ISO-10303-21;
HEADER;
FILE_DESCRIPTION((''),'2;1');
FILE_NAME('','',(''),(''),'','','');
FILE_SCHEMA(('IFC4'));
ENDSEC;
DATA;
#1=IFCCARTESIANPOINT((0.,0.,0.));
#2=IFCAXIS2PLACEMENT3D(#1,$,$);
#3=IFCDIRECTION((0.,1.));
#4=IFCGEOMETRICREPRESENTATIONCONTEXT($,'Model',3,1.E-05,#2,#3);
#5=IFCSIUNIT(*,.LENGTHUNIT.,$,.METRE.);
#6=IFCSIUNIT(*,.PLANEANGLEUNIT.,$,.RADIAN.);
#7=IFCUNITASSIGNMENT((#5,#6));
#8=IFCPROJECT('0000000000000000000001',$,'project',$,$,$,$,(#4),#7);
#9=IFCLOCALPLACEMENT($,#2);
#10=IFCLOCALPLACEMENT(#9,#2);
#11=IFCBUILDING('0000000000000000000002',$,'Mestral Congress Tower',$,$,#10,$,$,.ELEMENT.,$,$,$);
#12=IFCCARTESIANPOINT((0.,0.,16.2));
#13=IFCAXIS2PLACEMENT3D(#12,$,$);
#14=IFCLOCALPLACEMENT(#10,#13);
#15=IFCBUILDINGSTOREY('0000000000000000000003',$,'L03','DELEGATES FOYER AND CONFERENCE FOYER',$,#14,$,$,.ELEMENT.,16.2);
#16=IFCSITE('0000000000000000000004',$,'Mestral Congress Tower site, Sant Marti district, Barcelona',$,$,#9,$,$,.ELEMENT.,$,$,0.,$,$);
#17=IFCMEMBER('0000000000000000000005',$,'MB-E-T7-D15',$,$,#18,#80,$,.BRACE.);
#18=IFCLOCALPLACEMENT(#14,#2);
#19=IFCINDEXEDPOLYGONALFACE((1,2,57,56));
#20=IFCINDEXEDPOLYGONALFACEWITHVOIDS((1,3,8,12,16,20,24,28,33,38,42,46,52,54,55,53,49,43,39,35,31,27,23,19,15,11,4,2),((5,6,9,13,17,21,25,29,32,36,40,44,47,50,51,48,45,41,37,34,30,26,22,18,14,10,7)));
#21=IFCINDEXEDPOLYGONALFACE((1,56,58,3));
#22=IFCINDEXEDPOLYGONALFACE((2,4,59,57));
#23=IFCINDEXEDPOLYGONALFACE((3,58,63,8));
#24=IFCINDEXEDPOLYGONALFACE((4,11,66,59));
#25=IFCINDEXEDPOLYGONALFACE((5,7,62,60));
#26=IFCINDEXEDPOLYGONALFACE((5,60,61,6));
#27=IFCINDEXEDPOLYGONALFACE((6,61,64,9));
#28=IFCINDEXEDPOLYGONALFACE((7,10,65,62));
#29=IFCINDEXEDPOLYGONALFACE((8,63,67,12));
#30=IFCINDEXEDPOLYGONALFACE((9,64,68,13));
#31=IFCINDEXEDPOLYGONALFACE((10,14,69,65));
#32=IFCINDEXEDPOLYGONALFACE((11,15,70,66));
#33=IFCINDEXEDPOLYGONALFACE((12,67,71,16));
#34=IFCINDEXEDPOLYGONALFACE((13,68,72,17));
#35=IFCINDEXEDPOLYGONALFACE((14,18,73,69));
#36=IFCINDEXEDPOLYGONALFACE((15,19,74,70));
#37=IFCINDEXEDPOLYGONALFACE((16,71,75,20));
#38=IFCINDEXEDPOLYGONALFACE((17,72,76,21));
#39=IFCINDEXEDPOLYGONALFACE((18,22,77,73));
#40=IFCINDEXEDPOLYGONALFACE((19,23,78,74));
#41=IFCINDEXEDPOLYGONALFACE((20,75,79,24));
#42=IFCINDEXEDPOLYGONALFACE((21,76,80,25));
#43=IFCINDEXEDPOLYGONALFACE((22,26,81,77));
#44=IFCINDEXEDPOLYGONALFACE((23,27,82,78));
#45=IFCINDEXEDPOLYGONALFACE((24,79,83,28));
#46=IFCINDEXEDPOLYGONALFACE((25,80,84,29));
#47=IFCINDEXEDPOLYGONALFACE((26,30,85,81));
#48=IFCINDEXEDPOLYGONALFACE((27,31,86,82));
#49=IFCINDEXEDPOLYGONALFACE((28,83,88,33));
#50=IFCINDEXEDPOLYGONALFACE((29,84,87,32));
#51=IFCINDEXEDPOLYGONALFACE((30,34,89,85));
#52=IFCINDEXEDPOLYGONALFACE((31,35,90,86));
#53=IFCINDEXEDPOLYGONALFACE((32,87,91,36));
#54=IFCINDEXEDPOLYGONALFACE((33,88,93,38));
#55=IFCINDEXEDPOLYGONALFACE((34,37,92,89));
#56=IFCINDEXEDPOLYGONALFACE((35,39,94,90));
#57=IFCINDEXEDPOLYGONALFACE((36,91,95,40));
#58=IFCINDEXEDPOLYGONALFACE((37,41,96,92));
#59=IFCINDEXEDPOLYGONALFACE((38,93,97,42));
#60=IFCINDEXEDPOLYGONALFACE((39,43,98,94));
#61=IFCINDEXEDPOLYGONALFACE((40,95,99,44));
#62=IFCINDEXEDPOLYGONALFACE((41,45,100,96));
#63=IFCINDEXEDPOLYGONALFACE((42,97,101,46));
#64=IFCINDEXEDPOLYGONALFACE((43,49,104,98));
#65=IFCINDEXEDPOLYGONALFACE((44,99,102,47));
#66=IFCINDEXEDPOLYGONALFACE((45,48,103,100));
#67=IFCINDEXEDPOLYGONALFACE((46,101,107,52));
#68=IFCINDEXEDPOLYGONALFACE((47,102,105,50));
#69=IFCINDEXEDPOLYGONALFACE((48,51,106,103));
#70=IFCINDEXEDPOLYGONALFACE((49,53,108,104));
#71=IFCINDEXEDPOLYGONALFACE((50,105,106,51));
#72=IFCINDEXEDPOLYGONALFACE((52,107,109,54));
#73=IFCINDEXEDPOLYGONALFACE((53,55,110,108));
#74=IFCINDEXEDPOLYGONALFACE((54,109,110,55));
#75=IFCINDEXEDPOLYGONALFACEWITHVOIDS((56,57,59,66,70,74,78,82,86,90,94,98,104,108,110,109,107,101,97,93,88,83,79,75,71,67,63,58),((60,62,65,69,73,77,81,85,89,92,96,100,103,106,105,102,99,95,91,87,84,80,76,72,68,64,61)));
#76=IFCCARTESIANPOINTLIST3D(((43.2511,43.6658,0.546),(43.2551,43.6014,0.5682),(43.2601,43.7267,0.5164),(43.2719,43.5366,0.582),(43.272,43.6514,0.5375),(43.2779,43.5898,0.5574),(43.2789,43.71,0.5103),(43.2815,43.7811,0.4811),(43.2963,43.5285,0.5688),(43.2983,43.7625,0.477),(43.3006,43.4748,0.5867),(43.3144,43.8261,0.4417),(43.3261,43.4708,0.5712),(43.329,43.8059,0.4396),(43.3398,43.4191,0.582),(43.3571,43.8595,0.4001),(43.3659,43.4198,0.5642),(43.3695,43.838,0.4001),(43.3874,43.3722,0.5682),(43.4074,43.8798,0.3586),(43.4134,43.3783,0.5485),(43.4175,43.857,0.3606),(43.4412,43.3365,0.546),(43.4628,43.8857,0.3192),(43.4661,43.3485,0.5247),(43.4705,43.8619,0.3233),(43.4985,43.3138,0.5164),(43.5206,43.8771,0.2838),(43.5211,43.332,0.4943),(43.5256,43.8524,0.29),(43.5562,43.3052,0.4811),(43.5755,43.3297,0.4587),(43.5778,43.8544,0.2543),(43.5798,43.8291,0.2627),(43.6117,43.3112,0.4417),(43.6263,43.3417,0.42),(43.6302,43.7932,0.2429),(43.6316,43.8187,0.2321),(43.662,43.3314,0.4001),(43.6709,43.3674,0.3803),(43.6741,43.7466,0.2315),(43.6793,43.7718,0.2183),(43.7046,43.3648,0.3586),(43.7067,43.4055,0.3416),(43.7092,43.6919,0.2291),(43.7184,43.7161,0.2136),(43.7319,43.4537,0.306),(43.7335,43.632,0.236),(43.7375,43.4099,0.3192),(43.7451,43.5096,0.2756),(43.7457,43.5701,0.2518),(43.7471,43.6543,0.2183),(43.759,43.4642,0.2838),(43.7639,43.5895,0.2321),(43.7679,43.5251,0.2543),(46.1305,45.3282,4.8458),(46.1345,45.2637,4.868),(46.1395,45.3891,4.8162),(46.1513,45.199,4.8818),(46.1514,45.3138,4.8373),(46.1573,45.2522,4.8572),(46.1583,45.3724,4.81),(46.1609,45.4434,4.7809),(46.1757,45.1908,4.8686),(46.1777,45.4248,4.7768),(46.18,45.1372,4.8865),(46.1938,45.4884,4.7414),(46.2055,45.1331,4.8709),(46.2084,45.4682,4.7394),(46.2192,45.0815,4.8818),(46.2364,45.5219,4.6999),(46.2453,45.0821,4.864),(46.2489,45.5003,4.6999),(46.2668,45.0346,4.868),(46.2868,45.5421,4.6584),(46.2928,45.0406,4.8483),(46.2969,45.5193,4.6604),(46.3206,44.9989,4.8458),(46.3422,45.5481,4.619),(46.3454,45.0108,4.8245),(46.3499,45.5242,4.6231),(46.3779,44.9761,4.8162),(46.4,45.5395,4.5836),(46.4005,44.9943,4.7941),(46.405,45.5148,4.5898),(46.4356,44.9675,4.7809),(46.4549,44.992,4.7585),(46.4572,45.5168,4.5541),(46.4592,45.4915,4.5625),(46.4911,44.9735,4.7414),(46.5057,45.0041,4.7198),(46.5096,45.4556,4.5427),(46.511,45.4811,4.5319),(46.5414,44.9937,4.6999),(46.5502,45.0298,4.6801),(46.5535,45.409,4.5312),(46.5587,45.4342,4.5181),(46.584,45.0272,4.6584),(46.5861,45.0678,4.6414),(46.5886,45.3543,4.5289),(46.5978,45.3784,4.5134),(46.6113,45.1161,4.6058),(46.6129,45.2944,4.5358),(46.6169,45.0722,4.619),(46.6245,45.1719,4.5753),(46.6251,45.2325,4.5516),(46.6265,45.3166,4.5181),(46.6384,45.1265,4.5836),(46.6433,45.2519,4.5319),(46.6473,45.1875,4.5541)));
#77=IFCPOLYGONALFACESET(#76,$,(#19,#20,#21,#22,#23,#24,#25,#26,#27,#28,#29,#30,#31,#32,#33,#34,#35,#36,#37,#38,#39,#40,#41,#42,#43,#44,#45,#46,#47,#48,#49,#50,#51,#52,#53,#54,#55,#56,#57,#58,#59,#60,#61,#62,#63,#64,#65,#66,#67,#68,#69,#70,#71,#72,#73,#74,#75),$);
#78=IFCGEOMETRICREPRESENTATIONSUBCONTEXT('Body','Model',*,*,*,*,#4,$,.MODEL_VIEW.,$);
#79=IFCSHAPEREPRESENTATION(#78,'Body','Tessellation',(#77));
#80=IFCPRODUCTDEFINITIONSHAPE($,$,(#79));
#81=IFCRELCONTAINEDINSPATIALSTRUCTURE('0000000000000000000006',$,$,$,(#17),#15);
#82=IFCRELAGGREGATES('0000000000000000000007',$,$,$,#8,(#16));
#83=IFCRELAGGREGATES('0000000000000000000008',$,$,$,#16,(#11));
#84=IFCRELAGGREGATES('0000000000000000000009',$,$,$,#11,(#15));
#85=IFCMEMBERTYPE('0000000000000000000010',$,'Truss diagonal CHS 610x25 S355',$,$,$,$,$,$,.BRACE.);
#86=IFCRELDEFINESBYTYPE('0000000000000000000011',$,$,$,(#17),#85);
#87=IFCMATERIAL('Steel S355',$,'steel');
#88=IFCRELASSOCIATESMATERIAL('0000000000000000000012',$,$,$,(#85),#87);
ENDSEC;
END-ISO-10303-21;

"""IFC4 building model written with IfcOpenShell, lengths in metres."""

from ifc_helpers import new_model, si_unit, direction, frame, origin, origin_2d, place, context, subcontext, project, spatial, hollow_circle, extrude, material, material_profile, profile_set, type_object, element, save


model = new_model("IFC4")

# Units and contexts
model_context = context("Model", 3, precision=1e-05, world=origin(), true_north=direction((0.0, 1.0)))
body_context = subcontext(model_context, "Body", "Model", "MODEL_VIEW")
ifc_project = project(units=[si_unit("LENGTHUNIT", "METRE"), si_unit("PLANEANGLEUNIT", "RADIAN")], contexts=[model_context])

# Site, building, storey
site_placement = place(None, origin())
site = spatial("IfcSite", under=ifc_project, at=site_placement, Name="Mestral Congress Tower site, Sant Marti district, Barcelona", CompositionType="ELEMENT", RefElevation=0.0)
building_placement = place(site_placement, origin())
building = spatial("IfcBuilding", under=site, at=building_placement, Name="Mestral Congress Tower", CompositionType="ELEMENT")
storey_placement = place(building_placement, frame((0.0, 0.0, 16.2)))
storey = spatial("IfcBuildingStorey", under=building, at=storey_placement, Name="L03", Description="DELEGATES FOYER AND CONFERENCE FOYER", CompositionType="ELEMENT", Elevation=16.2)

# Member
ifc_material = material(Name="Steel S355", Category="steel")
ifc_material_profile_1 = material_profile(ifc_material, hollow_circle(Radius=0.3049, WallThickness=0.0249, at=origin_2d()), Name="CHS 610x25")
ifc_profile_set_1 = profile_set([ifc_material_profile_1], Name="Steel S355")
member_type_1 = type_object("IfcMemberType", Name="Truss diagonal CHS 610x25 S355", PredefinedType="BRACE", material=ifc_profile_set_1)
member_1_placement = place(storey_placement, frame((43.5095, 43.5955, 0.4001), z_axis=(0.529757, 0.305843, 0.791087), x_axis=(-0.499985, 0.866034, 0.0)))
element("IfcMember", 1, at=member_1_placement, inside=storey, type_object=member_type_1, Name="MB-E-T7-D15", PredefinedType="BRACE", context=body_context, shape_type="SweptSolid", body=[
    extrude(hollow_circle(Radius=0.3049, WallThickness=0.0249, at=origin_2d()), origin(), (0.0, 0.0, 1.0), 5.4353),
])

save(model, "model.ifc")
